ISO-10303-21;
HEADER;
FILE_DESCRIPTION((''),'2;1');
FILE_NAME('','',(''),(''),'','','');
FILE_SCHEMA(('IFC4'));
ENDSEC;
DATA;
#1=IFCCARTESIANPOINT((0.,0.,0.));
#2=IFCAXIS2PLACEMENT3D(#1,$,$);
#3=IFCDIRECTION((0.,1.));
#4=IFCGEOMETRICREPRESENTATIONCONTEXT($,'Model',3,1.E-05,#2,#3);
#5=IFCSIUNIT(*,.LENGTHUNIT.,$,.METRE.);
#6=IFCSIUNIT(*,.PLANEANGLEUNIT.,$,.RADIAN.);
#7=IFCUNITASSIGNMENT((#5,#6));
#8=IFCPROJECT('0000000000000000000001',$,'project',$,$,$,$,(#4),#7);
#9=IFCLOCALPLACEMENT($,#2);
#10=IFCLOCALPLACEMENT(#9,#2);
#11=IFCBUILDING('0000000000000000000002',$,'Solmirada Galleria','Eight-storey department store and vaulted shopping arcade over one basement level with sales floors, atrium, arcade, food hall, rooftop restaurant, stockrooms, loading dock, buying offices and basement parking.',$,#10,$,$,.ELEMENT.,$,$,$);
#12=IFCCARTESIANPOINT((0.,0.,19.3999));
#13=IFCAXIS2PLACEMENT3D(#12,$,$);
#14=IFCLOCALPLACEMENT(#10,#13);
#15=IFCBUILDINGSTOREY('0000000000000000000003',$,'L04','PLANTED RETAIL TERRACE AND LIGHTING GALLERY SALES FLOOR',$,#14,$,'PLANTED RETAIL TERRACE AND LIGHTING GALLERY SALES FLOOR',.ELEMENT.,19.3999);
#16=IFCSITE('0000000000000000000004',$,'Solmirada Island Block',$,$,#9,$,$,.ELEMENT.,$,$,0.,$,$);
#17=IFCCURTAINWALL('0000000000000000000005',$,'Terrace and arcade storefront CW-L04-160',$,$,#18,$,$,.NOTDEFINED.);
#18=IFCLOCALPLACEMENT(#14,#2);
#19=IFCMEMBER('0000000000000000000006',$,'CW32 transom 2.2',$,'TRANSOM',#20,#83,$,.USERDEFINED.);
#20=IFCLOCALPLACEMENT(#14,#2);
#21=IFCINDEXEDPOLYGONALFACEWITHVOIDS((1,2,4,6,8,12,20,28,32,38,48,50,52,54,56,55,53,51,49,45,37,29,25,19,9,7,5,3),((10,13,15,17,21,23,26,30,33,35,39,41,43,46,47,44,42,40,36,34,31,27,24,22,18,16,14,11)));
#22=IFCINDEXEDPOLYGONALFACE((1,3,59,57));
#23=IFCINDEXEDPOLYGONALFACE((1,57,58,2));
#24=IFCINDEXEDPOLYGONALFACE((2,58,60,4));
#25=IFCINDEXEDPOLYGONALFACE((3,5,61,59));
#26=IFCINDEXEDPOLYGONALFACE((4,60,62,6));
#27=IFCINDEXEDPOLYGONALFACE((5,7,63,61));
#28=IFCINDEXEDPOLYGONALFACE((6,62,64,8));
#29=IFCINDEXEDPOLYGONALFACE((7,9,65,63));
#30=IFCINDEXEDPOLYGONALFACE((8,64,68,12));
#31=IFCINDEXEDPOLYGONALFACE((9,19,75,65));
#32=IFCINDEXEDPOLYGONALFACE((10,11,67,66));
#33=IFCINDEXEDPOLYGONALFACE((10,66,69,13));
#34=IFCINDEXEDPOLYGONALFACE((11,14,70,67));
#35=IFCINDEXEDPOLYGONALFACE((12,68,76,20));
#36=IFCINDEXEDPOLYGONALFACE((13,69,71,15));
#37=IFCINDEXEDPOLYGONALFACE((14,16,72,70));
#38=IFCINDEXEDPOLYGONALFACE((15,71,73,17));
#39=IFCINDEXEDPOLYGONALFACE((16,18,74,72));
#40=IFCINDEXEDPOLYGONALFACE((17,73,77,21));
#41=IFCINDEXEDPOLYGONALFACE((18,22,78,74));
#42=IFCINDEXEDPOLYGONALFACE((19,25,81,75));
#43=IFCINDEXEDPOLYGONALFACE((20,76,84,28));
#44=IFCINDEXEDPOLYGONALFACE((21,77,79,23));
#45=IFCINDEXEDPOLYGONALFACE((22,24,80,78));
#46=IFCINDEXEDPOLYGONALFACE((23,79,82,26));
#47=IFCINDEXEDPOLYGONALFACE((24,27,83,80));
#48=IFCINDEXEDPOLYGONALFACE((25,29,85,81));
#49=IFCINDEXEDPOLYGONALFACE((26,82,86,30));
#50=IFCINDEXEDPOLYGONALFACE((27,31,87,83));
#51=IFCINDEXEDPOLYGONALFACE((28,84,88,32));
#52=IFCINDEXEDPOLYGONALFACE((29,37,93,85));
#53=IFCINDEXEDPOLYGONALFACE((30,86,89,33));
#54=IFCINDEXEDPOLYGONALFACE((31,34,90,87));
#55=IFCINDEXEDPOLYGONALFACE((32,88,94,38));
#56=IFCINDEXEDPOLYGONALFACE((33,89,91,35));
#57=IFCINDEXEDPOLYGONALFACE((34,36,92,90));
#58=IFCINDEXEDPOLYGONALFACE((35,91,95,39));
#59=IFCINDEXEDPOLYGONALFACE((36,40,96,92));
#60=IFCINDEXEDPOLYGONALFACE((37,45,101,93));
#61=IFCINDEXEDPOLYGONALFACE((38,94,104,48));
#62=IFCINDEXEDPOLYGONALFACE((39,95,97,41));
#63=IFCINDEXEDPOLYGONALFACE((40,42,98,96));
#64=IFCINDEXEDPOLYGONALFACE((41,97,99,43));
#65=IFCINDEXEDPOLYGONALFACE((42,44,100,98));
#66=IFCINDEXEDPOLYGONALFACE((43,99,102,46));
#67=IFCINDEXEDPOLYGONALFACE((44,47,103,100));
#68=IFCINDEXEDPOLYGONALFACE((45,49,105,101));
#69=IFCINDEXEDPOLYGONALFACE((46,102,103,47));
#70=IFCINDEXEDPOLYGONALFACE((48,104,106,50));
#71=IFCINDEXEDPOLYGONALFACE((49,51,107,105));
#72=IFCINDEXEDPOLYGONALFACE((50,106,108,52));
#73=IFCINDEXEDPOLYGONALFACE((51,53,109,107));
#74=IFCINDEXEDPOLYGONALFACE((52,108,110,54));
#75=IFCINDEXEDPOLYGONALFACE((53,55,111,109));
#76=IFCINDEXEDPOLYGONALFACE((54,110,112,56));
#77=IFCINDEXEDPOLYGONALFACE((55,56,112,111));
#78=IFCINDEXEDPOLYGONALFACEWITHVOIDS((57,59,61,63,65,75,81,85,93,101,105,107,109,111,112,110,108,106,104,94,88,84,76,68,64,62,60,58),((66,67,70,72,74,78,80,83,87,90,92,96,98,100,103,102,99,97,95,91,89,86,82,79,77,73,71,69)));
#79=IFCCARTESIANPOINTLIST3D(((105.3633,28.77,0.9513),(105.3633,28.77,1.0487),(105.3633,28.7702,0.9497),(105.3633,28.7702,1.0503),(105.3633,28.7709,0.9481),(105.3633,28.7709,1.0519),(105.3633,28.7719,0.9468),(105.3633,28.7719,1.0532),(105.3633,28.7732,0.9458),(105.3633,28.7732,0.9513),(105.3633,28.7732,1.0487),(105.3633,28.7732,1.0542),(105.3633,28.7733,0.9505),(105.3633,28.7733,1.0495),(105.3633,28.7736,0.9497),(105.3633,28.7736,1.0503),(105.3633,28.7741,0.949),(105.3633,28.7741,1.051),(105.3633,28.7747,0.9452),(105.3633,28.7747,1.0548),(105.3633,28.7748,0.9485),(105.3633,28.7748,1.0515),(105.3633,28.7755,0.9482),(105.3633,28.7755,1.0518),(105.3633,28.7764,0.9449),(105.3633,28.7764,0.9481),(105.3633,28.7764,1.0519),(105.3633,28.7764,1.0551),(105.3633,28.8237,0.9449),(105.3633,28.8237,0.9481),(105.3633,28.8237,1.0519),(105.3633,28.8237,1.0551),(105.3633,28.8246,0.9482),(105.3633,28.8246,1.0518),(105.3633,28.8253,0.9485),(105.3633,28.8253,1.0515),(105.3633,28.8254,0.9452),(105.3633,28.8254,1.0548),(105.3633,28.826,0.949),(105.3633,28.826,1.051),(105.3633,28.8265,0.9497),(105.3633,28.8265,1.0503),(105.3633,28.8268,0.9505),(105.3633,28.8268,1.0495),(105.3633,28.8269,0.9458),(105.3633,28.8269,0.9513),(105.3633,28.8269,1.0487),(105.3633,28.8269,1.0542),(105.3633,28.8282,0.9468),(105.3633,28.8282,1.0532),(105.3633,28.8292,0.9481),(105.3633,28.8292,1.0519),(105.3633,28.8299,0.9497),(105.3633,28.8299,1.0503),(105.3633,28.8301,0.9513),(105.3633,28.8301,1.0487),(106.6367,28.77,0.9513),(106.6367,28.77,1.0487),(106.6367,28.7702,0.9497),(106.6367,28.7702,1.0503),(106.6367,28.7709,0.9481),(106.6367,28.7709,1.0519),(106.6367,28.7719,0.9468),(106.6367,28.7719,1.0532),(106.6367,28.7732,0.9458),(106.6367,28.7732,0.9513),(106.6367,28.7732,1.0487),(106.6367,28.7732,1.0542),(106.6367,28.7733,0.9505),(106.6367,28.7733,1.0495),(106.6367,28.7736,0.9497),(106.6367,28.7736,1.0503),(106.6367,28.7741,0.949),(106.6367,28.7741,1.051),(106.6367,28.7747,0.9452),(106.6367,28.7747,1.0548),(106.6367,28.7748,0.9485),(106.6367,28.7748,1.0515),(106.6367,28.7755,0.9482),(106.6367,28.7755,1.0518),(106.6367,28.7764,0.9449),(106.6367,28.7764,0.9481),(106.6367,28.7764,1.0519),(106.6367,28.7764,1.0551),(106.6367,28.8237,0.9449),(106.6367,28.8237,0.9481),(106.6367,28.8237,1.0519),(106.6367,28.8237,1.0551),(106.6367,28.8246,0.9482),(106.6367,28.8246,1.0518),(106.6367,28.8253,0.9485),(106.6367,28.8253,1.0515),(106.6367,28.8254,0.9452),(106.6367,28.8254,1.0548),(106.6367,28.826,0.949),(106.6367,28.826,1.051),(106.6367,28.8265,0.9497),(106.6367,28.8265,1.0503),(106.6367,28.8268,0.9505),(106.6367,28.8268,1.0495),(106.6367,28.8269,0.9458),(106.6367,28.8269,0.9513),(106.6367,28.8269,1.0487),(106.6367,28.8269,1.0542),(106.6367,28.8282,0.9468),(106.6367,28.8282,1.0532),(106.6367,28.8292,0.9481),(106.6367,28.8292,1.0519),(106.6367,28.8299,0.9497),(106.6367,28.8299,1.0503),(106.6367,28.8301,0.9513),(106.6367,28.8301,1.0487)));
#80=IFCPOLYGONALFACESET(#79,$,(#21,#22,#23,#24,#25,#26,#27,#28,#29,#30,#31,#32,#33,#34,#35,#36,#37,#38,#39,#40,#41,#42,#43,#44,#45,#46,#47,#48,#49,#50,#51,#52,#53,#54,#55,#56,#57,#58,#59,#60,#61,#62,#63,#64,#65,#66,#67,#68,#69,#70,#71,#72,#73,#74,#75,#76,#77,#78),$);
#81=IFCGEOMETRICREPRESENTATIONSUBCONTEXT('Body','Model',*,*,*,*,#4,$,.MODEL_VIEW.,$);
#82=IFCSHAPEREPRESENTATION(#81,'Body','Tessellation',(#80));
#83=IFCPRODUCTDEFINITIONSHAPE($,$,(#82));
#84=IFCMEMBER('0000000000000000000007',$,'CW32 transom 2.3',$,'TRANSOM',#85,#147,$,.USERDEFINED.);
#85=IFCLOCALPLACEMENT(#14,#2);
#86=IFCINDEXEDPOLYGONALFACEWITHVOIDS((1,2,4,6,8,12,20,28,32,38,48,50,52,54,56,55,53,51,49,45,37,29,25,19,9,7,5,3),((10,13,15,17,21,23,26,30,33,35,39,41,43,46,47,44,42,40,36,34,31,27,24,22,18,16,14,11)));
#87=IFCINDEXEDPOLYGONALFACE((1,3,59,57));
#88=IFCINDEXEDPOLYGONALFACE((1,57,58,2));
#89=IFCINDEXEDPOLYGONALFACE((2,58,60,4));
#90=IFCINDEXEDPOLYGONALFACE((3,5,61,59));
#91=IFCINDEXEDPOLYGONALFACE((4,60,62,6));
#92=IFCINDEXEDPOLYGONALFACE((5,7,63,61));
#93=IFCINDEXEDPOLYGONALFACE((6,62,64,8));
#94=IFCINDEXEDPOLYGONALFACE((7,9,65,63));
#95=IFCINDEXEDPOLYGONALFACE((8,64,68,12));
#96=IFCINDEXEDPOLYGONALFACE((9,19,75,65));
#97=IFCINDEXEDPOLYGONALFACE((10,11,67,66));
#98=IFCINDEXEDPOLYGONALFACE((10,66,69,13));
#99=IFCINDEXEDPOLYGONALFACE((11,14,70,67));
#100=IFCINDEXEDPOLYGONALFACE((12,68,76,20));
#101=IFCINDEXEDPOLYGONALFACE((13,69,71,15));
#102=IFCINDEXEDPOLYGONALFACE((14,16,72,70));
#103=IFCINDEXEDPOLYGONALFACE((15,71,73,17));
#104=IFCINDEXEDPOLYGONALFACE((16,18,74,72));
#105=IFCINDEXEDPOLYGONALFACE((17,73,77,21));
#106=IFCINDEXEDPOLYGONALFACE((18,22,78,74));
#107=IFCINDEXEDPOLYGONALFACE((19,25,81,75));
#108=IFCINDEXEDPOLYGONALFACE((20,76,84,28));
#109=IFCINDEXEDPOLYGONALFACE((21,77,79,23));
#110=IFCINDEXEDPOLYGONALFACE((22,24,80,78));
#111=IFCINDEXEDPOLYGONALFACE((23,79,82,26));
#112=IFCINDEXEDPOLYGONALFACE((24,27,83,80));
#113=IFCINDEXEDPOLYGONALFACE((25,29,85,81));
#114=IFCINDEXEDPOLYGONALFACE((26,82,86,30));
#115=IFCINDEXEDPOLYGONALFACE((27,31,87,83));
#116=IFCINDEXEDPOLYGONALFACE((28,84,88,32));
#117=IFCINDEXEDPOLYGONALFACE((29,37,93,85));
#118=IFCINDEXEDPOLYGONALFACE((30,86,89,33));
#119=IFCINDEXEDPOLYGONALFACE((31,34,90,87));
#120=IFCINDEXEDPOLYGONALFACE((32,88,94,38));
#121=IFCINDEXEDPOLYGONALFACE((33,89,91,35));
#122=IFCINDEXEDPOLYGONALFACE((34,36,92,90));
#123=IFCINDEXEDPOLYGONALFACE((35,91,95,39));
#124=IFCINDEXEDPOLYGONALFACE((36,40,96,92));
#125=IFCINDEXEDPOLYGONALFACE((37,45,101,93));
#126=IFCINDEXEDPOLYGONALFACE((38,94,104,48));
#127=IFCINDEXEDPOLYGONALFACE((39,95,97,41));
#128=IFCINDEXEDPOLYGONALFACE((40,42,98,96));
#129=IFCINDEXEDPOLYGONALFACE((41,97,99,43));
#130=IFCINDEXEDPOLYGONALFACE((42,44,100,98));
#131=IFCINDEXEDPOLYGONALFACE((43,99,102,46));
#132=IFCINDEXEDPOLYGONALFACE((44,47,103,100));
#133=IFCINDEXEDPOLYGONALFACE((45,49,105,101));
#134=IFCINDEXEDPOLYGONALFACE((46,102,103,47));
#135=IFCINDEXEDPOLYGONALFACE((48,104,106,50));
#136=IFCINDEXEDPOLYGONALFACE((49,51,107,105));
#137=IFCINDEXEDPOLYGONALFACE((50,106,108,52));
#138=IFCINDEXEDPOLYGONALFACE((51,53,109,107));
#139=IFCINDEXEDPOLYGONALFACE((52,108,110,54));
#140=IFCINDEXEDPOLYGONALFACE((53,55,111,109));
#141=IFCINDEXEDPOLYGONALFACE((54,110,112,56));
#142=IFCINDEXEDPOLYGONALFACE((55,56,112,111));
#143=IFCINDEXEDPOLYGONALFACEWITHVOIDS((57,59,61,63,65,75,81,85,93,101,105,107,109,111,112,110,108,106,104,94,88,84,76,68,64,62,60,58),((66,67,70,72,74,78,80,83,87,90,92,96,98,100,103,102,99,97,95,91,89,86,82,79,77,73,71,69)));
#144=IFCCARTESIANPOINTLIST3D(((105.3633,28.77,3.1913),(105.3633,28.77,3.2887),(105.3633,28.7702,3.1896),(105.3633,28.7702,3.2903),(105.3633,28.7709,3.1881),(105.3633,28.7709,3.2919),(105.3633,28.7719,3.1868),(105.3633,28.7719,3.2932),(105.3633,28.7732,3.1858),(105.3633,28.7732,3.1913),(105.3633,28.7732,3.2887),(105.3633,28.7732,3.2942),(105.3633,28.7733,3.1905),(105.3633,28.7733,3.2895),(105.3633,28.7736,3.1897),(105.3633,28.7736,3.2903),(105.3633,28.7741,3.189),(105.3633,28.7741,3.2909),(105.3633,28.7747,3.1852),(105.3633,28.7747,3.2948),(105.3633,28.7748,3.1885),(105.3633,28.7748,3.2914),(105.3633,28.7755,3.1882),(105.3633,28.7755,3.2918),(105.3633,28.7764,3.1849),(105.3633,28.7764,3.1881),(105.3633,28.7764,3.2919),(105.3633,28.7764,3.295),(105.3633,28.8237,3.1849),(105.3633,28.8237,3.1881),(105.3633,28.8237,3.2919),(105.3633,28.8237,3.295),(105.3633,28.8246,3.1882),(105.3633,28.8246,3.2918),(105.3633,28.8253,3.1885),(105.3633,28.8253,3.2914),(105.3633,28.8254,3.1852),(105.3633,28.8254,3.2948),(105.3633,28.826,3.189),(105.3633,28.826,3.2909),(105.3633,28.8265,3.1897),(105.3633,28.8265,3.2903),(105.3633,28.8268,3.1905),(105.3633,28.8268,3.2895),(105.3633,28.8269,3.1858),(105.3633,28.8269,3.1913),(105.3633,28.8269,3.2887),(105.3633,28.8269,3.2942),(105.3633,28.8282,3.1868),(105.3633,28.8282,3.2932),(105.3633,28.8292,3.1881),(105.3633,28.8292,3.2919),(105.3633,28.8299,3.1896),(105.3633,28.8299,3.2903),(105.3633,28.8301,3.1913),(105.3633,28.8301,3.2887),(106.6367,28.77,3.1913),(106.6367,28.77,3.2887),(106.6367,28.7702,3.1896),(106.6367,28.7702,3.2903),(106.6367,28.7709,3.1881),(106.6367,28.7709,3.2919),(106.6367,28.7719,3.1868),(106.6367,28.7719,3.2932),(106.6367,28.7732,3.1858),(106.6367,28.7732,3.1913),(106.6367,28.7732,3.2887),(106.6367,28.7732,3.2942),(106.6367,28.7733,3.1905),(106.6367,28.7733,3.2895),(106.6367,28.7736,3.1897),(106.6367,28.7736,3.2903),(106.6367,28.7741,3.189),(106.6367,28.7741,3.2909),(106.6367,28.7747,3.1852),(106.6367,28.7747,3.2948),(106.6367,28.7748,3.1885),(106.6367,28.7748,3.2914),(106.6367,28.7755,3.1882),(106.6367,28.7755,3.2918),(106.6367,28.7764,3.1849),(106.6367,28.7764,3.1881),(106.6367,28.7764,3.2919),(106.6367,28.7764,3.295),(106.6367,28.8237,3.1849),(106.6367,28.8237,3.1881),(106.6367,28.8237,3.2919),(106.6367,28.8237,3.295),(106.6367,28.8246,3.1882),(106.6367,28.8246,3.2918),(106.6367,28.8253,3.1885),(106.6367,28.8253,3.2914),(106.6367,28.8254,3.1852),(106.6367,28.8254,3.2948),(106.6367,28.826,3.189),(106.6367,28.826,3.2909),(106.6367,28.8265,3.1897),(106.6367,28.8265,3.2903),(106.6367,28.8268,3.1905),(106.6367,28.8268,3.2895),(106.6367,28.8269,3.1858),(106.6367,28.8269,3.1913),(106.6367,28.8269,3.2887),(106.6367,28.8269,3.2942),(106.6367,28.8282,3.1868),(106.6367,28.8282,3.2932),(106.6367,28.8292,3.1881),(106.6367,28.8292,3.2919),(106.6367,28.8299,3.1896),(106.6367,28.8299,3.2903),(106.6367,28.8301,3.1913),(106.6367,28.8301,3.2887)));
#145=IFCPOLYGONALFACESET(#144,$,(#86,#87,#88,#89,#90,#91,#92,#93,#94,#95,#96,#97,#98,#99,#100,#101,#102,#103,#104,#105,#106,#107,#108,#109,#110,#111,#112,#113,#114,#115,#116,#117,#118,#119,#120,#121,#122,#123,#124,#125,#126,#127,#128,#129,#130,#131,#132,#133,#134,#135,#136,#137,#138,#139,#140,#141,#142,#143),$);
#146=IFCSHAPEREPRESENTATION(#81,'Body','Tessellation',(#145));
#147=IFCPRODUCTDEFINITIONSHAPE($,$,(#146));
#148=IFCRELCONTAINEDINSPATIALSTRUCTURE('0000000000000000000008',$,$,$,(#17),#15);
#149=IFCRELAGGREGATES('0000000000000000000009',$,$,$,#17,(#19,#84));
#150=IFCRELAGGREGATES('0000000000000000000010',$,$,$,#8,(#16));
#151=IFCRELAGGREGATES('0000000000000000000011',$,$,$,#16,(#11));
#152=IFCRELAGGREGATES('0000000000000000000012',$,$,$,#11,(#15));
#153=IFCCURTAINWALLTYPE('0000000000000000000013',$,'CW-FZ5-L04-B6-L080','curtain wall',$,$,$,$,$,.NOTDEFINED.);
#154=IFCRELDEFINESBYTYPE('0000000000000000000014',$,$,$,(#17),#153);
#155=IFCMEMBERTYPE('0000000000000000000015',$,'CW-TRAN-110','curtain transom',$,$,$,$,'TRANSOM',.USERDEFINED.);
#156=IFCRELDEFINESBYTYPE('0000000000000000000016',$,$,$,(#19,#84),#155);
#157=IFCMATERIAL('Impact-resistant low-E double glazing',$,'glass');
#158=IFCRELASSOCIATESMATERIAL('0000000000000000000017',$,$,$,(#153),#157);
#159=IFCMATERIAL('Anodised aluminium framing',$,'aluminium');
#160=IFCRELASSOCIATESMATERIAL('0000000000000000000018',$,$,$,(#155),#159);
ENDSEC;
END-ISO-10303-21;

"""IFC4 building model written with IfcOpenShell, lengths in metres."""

from ifc_helpers import new_model, si_unit, direction, frame, origin, origin_2d, place, context, subcontext, project, spatial, hollow_rectangle, extrude, material, material_profile, profile_set, type_object, element, aggregate, save


model = new_model("IFC4")

# Units and contexts
model_context = context("Model", 3, precision=1e-05, world=origin(), true_north=direction((0.0, 1.0)))
body_context = subcontext(model_context, "Body", "Model", "MODEL_VIEW")
ifc_project = project(units=[si_unit("LENGTHUNIT", "METRE"), si_unit("PLANEANGLEUNIT", "RADIAN")], contexts=[model_context])

# Site, building, storey
site_placement = place(None, origin())
site = spatial("IfcSite", under=ifc_project, at=site_placement, Name="Solmirada Island Block", CompositionType="ELEMENT", RefElevation=0.0)
building_placement = place(site_placement, origin())
building = spatial("IfcBuilding", under=site, at=building_placement, Name="Solmirada Galleria", Description="Eight-storey department store and vaulted shopping arcade over one basement level with sales floors, atrium, arcade, food hall, rooftop restaurant, stockrooms, loading dock, buying offices and basement parking.", CompositionType="ELEMENT")
storey_placement = place(building_placement, frame((0.0, 0.0, 19.3999)))
storey = spatial("IfcBuildingStorey", under=building, at=storey_placement, Name="L04", Description="PLANTED RETAIL TERRACE AND LIGHTING GALLERY SALES FLOOR", LongName="PLANTED RETAIL TERRACE AND LIGHTING GALLERY SALES FLOOR", CompositionType="ELEMENT", Elevation=19.3999)

# Curtain wall
ifc_material_1 = material(Name="Impact-resistant low-E double glazing", Category="glass")
curtain_wall_type = type_object("IfcCurtainWallType", Name="CW-FZ5-L04-B6-L080", Description="curtain wall", PredefinedType="NOTDEFINED", material=ifc_material_1)
ifc_material_2 = material(Name="Anodised aluminium framing", Category="aluminium")
curtain_wall_1_placement = place(storey_placement, origin())
curtain_wall_1 = element("IfcCurtainWall", 1, at=curtain_wall_1_placement, inside=storey, type_object=curtain_wall_type, Name="Terrace and arcade storefront CW-L04-160", PredefinedType="NOTDEFINED")

# Members
ifc_material_profile_1 = material_profile(ifc_material_2, hollow_rectangle(XDim=0.0601, YDim=0.1101, WallThickness=0.0032, InnerFilletRadius=0.0032, OuterFilletRadius=0.0063, at=origin_2d()), Name="ALU-TRAN-110X60")
ifc_profile_set_1 = profile_set([ifc_material_profile_1], Name="Anodised aluminium framing")
member_type_1 = type_object("IfcMemberType", Name="CW-TRAN-110", Description="curtain transom", ElementType="TRANSOM", PredefinedType="USERDEFINED", material=ifc_profile_set_1)
member_1_placement = place(storey_placement, frame((105.3633, 28.8, 1.0), z_axis=(1.0, 0.0, 0.0), x_axis=(0.0, 1.0, 0.0)))
member_1 = element("IfcMember", 2, at=member_1_placement, type_object=member_type_1, Name="CW32 transom 2.2", ObjectType="TRANSOM", PredefinedType="USERDEFINED", context=body_context, shape_type="SweptSolid", body=[
    extrude(hollow_rectangle(XDim=0.0601, YDim=0.1101, WallThickness=0.0032, InnerFilletRadius=0.0032, OuterFilletRadius=0.0063, at=origin_2d()), origin(), (0.0, 0.0, 1.0), 1.2734),
])
member_2_placement = place(storey_placement, frame((105.3633, 28.8, 3.24), z_axis=(1.0, 0.0, 0.0), x_axis=(0.0, 1.0, 0.0)))
member_2 = element("IfcMember", 3, at=member_2_placement, type_object=member_type_1, Name="CW32 transom 2.3", ObjectType="TRANSOM", PredefinedType="USERDEFINED", context=body_context, shape_type="SweptSolid", body=[
    extrude(hollow_rectangle(XDim=0.0601, YDim=0.1101, WallThickness=0.0032, InnerFilletRadius=0.0032, OuterFilletRadius=0.0063, at=origin_2d()), origin(), (0.0, 0.0, 1.0), 1.2734),
])

aggregate(curtain_wall_1, [member_1, member_2])

save(model, "model.ifc")
